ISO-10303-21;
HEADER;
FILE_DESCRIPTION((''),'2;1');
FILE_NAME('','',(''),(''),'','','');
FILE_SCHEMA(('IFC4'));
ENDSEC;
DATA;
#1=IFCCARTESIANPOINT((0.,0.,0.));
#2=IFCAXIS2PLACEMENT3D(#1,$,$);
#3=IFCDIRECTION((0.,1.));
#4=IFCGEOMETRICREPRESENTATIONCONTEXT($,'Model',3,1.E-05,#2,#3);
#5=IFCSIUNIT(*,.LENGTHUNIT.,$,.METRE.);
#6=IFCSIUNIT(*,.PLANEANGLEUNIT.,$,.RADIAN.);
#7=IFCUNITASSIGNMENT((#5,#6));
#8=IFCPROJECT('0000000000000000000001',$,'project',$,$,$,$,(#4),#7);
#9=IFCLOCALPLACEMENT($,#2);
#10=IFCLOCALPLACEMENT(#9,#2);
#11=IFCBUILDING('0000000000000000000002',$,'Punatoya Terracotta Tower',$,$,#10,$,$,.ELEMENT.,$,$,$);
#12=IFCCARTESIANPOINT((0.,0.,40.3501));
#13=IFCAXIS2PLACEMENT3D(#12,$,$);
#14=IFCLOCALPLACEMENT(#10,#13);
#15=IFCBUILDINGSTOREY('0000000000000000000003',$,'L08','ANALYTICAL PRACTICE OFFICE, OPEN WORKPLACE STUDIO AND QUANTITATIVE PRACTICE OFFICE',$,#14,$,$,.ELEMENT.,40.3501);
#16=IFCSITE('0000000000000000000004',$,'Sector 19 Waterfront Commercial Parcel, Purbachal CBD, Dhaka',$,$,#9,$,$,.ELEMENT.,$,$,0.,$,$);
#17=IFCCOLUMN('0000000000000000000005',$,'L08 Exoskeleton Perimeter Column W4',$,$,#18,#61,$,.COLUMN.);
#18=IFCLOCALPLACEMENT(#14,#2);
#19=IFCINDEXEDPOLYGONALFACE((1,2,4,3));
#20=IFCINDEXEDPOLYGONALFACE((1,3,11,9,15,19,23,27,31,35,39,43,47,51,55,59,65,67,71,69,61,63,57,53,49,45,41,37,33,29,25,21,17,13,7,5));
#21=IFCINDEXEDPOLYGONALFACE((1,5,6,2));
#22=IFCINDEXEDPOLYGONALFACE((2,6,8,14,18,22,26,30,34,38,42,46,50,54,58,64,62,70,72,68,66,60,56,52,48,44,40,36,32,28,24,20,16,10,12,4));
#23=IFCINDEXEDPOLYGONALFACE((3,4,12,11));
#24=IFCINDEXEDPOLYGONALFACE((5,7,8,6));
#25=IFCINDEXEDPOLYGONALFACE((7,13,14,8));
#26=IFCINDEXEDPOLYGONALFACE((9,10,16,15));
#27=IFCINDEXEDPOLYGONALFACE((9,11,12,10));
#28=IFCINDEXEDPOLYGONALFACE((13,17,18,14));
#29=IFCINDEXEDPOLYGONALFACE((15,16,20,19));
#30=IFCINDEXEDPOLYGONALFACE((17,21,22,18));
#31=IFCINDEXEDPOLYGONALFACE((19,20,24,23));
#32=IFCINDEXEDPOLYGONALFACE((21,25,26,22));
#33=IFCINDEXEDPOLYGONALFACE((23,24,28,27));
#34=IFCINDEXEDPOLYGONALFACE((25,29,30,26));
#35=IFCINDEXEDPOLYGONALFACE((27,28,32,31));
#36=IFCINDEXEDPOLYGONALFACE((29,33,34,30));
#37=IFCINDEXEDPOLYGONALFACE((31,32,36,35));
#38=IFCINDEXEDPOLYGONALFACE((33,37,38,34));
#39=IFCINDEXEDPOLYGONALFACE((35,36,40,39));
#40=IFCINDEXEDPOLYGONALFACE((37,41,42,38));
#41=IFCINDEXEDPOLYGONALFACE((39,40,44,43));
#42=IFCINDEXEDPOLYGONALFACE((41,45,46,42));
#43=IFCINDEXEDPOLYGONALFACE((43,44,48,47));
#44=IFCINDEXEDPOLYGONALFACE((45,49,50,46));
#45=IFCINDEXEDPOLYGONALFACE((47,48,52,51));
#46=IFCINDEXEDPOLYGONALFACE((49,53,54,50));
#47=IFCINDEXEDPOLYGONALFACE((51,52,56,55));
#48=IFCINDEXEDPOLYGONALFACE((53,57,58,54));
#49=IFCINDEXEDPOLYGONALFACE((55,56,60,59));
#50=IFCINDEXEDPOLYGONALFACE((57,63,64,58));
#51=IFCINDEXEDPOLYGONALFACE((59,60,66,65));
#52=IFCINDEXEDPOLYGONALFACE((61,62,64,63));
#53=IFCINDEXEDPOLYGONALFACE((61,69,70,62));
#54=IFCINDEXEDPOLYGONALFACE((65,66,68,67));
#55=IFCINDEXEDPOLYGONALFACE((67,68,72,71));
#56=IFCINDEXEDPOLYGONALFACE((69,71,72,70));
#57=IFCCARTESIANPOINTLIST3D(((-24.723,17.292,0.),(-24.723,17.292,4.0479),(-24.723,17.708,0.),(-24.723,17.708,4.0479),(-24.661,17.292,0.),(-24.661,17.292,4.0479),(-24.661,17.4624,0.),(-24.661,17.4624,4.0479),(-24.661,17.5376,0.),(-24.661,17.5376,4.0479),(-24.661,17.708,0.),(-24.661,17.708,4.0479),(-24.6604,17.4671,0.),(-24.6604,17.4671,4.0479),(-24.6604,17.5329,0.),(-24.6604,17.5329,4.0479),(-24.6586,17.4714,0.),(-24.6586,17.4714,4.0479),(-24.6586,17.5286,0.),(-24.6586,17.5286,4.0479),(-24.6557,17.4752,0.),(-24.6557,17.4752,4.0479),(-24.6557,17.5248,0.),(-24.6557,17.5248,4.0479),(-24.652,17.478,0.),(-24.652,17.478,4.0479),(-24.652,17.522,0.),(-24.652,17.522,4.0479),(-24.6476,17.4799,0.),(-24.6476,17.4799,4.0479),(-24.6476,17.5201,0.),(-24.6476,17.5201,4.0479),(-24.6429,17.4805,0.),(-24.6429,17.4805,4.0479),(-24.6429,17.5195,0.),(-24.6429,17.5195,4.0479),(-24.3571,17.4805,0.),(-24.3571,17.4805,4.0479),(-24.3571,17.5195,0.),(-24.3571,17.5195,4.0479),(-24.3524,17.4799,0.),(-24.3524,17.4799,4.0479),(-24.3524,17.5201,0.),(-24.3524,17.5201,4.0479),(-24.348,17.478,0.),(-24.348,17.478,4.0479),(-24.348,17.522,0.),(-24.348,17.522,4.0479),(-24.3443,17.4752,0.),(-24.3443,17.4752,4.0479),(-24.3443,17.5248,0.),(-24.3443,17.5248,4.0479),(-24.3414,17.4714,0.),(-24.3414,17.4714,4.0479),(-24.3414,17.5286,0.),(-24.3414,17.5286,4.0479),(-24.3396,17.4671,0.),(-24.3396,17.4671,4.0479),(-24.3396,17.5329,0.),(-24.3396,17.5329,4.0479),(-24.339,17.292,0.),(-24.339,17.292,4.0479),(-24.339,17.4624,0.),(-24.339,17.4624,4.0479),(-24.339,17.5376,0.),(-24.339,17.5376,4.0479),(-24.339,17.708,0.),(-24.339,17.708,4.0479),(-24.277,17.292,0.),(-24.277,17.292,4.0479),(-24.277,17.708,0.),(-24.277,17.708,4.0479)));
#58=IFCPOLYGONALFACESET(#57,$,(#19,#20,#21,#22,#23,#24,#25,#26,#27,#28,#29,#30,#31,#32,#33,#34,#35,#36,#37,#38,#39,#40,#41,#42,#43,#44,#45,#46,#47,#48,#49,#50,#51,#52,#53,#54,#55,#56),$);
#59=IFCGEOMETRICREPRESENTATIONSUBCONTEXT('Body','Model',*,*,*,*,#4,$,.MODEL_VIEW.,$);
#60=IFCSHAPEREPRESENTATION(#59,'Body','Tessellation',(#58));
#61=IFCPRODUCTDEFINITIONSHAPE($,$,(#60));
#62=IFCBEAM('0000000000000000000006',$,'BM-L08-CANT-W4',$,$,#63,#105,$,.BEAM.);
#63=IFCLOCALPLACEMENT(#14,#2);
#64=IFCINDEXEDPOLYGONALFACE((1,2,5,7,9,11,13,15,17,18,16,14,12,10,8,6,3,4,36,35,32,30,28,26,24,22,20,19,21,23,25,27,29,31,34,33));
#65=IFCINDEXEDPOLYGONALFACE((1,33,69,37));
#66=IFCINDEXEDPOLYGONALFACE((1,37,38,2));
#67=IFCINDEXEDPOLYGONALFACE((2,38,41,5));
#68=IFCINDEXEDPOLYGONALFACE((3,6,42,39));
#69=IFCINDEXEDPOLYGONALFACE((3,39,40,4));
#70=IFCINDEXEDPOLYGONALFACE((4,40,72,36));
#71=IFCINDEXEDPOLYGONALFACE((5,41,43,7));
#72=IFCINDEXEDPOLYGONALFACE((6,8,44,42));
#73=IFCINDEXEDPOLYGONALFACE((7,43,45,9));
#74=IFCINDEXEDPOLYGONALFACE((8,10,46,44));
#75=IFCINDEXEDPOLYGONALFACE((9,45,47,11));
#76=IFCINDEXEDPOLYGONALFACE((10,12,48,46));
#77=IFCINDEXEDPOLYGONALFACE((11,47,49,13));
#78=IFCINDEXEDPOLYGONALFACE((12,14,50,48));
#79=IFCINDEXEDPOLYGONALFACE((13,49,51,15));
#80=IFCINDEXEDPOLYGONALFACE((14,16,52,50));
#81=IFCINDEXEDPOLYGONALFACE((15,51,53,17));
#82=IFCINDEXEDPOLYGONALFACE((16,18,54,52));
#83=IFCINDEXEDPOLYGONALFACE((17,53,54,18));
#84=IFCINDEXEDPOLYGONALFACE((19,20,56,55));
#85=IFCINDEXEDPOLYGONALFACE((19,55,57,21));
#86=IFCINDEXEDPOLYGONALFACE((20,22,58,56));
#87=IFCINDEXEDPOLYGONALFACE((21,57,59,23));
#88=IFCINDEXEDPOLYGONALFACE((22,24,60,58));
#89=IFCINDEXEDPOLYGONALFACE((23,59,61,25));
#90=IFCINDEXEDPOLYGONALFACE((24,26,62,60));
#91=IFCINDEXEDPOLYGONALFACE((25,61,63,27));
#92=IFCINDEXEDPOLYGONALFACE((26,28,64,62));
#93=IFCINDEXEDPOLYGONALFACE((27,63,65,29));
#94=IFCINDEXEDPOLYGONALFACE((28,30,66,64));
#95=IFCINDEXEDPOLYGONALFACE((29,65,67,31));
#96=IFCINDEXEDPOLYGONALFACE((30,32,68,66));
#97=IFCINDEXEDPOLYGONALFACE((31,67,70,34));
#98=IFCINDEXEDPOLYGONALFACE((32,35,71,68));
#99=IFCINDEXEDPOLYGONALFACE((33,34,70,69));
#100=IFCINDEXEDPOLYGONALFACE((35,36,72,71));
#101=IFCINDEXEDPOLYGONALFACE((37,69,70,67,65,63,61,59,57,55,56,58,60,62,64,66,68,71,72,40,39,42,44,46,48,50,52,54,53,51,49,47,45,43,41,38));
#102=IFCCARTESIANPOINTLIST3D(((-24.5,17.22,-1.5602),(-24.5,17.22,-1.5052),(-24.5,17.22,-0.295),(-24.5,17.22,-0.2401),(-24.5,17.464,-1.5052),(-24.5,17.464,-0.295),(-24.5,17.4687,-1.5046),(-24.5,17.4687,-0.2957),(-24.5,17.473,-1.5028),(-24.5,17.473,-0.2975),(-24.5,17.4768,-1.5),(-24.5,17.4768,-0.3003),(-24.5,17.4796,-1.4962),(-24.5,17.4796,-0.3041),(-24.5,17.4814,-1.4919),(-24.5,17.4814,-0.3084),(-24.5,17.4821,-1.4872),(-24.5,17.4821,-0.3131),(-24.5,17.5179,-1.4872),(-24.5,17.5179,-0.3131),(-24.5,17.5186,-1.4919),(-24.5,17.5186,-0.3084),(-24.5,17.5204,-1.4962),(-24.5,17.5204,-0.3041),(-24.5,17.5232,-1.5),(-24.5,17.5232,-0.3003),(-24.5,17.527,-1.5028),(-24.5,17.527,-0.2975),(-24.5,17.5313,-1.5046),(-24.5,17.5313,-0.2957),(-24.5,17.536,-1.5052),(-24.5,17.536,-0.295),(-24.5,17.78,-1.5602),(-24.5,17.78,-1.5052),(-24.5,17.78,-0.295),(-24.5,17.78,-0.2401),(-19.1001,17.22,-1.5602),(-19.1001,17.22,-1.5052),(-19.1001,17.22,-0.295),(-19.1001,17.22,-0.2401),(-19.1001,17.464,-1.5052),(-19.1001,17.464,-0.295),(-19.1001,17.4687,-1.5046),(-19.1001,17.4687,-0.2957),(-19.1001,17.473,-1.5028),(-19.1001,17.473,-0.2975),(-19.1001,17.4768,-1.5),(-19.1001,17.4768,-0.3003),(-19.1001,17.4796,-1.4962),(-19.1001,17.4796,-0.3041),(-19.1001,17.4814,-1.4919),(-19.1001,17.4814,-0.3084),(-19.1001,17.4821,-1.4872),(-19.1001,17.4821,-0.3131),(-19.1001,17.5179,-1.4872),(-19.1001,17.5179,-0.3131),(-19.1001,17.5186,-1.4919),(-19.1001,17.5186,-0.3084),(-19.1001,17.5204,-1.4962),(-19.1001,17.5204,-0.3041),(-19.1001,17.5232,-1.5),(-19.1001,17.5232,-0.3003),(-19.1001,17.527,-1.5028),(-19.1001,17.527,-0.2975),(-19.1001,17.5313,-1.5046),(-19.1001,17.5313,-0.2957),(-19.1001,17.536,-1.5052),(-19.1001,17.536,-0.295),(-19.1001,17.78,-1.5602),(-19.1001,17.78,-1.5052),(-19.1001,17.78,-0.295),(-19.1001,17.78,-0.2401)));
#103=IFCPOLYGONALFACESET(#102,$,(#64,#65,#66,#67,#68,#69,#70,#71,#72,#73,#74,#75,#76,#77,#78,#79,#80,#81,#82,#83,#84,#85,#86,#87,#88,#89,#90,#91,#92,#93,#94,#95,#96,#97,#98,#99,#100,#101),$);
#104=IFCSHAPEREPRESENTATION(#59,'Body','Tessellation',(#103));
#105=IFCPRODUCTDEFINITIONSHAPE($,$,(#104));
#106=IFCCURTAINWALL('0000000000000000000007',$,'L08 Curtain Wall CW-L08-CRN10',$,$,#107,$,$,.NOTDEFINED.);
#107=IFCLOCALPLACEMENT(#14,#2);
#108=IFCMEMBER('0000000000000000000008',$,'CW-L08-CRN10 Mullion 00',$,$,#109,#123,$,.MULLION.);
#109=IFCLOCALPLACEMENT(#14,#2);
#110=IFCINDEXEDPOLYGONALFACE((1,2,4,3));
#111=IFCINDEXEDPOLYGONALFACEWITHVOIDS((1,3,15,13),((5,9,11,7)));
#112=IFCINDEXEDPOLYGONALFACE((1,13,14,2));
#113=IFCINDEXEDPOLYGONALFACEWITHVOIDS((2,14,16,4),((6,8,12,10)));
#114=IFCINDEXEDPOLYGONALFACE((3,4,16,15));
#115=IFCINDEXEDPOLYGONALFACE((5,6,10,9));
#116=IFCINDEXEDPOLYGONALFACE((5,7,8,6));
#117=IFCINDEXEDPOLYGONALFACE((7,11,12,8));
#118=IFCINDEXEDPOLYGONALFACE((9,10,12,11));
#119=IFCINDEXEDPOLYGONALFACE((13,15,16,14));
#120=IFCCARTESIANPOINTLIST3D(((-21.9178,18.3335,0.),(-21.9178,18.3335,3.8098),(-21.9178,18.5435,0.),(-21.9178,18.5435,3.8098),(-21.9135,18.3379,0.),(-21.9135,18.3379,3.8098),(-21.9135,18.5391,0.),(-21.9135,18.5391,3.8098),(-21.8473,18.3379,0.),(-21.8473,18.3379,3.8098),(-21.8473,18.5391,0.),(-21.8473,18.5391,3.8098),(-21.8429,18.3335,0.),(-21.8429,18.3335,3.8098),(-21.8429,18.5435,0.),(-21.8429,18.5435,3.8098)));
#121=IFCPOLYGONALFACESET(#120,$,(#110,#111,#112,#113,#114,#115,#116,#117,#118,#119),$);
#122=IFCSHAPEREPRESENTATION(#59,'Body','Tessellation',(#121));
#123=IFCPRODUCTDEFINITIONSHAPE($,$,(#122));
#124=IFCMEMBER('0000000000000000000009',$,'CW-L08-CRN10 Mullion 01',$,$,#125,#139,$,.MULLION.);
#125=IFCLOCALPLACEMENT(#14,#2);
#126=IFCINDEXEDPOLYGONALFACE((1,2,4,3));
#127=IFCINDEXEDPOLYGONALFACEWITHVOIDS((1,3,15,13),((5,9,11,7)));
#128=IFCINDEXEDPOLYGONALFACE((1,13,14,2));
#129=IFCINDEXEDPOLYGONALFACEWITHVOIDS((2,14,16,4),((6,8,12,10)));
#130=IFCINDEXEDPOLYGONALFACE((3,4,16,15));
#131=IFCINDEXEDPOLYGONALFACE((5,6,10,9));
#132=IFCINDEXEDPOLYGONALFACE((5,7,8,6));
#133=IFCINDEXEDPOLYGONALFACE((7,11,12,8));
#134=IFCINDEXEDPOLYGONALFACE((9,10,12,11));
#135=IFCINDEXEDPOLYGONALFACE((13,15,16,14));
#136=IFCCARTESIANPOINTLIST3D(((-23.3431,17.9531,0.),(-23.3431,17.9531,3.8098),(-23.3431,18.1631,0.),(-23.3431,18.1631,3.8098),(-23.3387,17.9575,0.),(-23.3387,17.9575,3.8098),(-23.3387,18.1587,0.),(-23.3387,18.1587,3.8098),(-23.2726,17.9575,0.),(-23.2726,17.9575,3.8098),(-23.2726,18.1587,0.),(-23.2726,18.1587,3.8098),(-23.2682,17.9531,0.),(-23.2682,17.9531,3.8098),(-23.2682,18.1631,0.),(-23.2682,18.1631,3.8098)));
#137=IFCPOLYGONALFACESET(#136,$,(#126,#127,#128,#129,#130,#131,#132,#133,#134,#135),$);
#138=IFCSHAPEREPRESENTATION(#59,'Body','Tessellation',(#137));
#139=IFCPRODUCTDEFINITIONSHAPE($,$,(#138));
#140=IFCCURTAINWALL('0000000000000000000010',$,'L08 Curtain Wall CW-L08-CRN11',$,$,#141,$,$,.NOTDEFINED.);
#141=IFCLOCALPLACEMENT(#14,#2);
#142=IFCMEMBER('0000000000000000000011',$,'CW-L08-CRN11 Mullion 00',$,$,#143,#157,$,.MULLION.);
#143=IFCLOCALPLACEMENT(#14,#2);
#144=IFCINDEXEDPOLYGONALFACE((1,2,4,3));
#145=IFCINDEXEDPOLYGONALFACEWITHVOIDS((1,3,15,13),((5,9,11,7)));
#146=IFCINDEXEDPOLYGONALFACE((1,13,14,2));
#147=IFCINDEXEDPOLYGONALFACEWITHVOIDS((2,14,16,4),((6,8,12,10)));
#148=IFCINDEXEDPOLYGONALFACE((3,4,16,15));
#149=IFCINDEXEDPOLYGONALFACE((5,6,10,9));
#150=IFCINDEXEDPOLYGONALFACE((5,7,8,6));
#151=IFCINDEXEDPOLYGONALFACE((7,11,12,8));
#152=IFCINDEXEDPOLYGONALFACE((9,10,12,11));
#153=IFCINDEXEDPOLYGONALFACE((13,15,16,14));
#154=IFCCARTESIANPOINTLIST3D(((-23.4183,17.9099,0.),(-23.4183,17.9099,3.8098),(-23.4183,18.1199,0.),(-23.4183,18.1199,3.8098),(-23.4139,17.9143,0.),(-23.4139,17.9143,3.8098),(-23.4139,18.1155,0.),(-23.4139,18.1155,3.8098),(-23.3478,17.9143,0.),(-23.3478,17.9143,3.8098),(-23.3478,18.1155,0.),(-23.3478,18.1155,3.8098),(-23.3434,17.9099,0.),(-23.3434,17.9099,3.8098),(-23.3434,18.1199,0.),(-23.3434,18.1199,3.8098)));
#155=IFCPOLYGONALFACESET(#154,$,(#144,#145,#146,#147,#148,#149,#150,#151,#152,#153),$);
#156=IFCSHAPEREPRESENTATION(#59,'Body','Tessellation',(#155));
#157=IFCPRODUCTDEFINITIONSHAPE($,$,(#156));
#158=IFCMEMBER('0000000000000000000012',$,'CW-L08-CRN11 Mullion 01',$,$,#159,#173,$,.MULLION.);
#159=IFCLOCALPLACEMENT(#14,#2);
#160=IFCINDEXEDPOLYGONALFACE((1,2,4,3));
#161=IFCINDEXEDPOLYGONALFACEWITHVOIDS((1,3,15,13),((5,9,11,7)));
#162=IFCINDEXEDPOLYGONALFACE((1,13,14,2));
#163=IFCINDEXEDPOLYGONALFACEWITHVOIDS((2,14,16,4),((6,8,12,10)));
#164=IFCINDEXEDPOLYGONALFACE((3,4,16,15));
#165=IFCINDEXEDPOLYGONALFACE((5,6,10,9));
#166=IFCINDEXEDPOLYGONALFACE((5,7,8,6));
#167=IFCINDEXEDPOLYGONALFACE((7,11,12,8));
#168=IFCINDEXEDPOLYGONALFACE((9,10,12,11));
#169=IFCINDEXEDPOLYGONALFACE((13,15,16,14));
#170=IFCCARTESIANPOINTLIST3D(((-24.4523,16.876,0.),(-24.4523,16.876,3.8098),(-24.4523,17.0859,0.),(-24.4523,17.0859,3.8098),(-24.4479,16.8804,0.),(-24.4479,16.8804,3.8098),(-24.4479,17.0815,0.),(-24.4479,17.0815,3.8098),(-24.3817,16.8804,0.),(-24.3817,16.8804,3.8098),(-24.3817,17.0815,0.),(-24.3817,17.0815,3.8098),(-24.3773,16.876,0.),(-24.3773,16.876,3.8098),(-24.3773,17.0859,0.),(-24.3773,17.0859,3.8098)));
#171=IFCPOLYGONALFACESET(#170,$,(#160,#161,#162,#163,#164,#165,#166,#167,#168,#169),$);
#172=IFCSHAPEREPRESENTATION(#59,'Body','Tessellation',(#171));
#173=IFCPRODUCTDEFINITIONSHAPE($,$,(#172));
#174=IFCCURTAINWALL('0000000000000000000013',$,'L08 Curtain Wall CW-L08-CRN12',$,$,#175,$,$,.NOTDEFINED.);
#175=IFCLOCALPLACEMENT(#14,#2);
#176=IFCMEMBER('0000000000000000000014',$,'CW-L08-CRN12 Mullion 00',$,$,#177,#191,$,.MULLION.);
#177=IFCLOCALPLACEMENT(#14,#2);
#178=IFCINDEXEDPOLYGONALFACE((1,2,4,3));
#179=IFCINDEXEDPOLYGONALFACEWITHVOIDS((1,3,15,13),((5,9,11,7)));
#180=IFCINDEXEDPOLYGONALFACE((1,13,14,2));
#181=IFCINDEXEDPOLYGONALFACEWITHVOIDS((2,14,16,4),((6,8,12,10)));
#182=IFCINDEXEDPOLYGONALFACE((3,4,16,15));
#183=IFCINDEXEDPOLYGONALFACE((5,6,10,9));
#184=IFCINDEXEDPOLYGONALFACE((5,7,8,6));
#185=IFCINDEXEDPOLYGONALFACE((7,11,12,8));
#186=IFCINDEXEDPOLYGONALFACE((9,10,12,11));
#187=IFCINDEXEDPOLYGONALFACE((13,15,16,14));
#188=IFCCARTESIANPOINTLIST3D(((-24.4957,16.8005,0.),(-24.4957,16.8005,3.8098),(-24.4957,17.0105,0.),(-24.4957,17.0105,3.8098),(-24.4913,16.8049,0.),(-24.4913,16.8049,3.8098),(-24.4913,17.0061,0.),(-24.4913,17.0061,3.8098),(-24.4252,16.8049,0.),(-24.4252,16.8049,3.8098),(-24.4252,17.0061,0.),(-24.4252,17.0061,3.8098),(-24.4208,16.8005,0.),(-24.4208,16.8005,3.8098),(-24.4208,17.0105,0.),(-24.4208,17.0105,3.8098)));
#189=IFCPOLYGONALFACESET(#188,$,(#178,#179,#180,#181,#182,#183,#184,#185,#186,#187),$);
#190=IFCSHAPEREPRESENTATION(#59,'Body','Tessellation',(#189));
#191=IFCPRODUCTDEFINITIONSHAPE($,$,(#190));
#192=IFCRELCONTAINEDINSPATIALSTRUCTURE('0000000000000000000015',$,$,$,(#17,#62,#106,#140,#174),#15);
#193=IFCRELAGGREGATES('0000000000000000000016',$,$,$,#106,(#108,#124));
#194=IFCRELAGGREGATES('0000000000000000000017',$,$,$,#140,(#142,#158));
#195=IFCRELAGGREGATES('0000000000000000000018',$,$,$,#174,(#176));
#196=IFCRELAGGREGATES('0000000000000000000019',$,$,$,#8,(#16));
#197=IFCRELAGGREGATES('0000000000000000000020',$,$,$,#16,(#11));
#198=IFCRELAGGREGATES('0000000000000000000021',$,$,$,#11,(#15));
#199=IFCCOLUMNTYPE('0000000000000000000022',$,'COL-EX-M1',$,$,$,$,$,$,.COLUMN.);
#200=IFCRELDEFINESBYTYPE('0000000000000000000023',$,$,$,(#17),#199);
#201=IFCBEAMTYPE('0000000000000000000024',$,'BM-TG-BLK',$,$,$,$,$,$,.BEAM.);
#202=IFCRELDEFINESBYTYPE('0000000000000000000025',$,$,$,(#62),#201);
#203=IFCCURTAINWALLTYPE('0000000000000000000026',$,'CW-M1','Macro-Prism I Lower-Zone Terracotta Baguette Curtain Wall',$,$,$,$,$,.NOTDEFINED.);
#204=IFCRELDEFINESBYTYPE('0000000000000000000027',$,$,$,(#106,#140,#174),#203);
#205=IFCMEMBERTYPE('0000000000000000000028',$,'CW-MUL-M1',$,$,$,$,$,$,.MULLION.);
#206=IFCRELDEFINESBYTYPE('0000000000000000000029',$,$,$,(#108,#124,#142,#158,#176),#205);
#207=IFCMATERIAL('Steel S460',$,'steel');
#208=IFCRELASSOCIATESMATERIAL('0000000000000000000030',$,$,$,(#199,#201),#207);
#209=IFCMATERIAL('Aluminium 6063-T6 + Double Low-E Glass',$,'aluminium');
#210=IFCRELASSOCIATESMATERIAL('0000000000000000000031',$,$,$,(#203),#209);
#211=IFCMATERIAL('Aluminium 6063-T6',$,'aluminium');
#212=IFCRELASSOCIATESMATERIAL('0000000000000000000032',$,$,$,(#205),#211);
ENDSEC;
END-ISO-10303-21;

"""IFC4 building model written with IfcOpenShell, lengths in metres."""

from ifc_helpers import new_model, si_unit, direction, frame, origin, origin_2d, place, context, subcontext, project, spatial, hollow_rectangle, i_section, extrude, material, material_profile, profile_set, type_object, element, aggregate, save


model = new_model("IFC4")

# Units and contexts
model_context = context("Model", 3, precision=1e-05, world=origin(), true_north=direction((0.0, 1.0)))
body_context = subcontext(model_context, "Body", "Model", "MODEL_VIEW")
ifc_project = project(units=[si_unit("LENGTHUNIT", "METRE"), si_unit("PLANEANGLEUNIT", "RADIAN")], contexts=[model_context])

# Site, building, storey
site_placement = place(None, origin())
site = spatial("IfcSite", under=ifc_project, at=site_placement, Name="Sector 19 Waterfront Commercial Parcel, Purbachal CBD, Dhaka", CompositionType="ELEMENT", RefElevation=0.0)
building_placement = place(site_placement, origin())
building = spatial("IfcBuilding", under=site, at=building_placement, Name="Punatoya Terracotta Tower", CompositionType="ELEMENT")
storey_placement = place(building_placement, frame((0.0, 0.0, 40.3501)))
storey = spatial("IfcBuildingStorey", under=building, at=storey_placement, Name="L08", Description="ANALYTICAL PRACTICE OFFICE, OPEN WORKPLACE STUDIO AND QUANTITATIVE PRACTICE OFFICE", CompositionType="ELEMENT", Elevation=40.3501)

# Column
ifc_material_1 = material(Name="Steel S460", Category="steel")
ifc_material_profile_1 = material_profile(ifc_material_1, i_section(OverallWidth=0.416, OverallDepth=0.446, WebThickness=0.0391, FlangeThickness=0.062, FilletRadius=0.0181, at=origin_2d()))
ifc_profile_set_1 = profile_set([ifc_material_profile_1], Name="Steel S460")
column_type = type_object("IfcColumnType", Name="COL-EX-M1", PredefinedType="COLUMN", material=ifc_profile_set_1)
column_placement = place(storey_placement, frame((-24.5, 17.5, 0.0), z_axis=(0.0, 0.0, 1.0), x_axis=(0.0, 1.0, 0.0)))
element("IfcColumn", 1, at=column_placement, inside=storey, type_object=column_type, Name="L08 Exoskeleton Perimeter Column W4", PredefinedType="COLUMN", context=body_context, shape_type="SweptSolid", body=[
    extrude(i_section(OverallWidth=0.416, OverallDepth=0.446, WebThickness=0.0391, FlangeThickness=0.062, FilletRadius=0.0181, at=origin_2d()), origin(), (0.0, 0.0, 1.0), 4.0479),
])

# Beam
ifc_material_profile_2 = material_profile(ifc_material_1, i_section(OverallWidth=0.5601, OverallDepth=1.3201, WebThickness=0.0359, FlangeThickness=0.0549, FilletRadius=0.0181, at=origin_2d()))
ifc_profile_set_2 = profile_set([ifc_material_profile_2], Name="Steel S460")
beam_type = type_object("IfcBeamType", Name="BM-TG-BLK", PredefinedType="BEAM", material=ifc_profile_set_2)
beam_placement = place(storey_placement, frame((-24.5, 17.5, -0.9001), z_axis=(1.0, 0.0, 0.0), x_axis=(0.0, 1.0, 0.0)))
element("IfcBeam", 2, at=beam_placement, inside=storey, type_object=beam_type, Name="BM-L08-CANT-W4", PredefinedType="BEAM", context=body_context, shape_type="SweptSolid", body=[
    extrude(i_section(OverallWidth=0.5601, OverallDepth=1.3201, WebThickness=0.0359, FlangeThickness=0.0549, FilletRadius=0.0181, at=origin_2d()), origin(), (0.0, 0.0, 1.0), 5.3999),
])

# Curtain walls, members
ifc_material_2 = material(Name="Aluminium 6063-T6 + Double Low-E Glass", Category="aluminium")
curtain_wall_type = type_object("IfcCurtainWallType", Name="CW-M1", Description="Macro-Prism I Lower-Zone Terracotta Baguette Curtain Wall", PredefinedType="NOTDEFINED", material=ifc_material_2)
curtain_wall_1_placement = place(storey_placement, origin())
curtain_wall_1 = element("IfcCurtainWall", 3, at=curtain_wall_1_placement, inside=storey, type_object=curtain_wall_type, Name="L08 Curtain Wall CW-L08-CRN10", PredefinedType="NOTDEFINED")
ifc_material_3 = material(Name="Aluminium 6063-T6", Category="aluminium")
ifc_material_profile_3 = material_profile(ifc_material_3, hollow_rectangle(XDim=0.075, YDim=0.21, WallThickness=0.0044, at=origin_2d()))
ifc_profile_set_3 = profile_set([ifc_material_profile_3], Name="Aluminium 6063-T6")
member_type_1 = type_object("IfcMemberType", Name="CW-MUL-M1", PredefinedType="MULLION", material=ifc_profile_set_3)
member_1_placement = place(storey_placement, frame((-21.8804, 18.4385, 0.0), z_axis=(0.0, 0.0, 1.0), x_axis=(1.0, 0.0, 0.0)))
member_1 = element("IfcMember", 4, at=member_1_placement, type_object=member_type_1, Name="CW-L08-CRN10 Mullion 00", PredefinedType="MULLION", context=body_context, shape_type="SweptSolid", body=[
    extrude(hollow_rectangle(XDim=0.075, YDim=0.21, WallThickness=0.0044, at=origin_2d()), origin(), (0.0, 0.0, 1.0), 3.8098),
])
member_2_placement = place(storey_placement, frame((-23.3057, 18.0581, 0.0), z_axis=(0.0, 0.0, 1.0), x_axis=(1.0, 0.0, 0.0)))
member_2 = element("IfcMember", 5, at=member_2_placement, type_object=member_type_1, Name="CW-L08-CRN10 Mullion 01", PredefinedType="MULLION", context=body_context, shape_type="SweptSolid", body=[
    extrude(hollow_rectangle(XDim=0.075, YDim=0.21, WallThickness=0.0044, at=origin_2d()), origin(), (0.0, 0.0, 1.0), 3.8098),
])
curtain_wall_2_placement = place(storey_placement, origin())
curtain_wall_2 = element("IfcCurtainWall", 6, at=curtain_wall_2_placement, inside=storey, type_object=curtain_wall_type, Name="L08 Curtain Wall CW-L08-CRN11", PredefinedType="NOTDEFINED")
member_3_placement = place(storey_placement, frame((-23.3809, 18.0149, 0.0), z_axis=(0.0, 0.0, 1.0), x_axis=(1.0, 0.0, 0.0)))
member_3 = element("IfcMember", 7, at=member_3_placement, type_object=member_type_1, Name="CW-L08-CRN11 Mullion 00", PredefinedType="MULLION", context=body_context, shape_type="SweptSolid", body=[
    extrude(hollow_rectangle(XDim=0.075, YDim=0.21, WallThickness=0.0044, at=origin_2d()), origin(), (0.0, 0.0, 1.0), 3.8098),
])
member_4_placement = place(storey_placement, frame((-24.4148, 16.981, 0.0), z_axis=(0.0, 0.0, 1.0), x_axis=(1.0, 0.0, 0.0)))
member_4 = element("IfcMember", 8, at=member_4_placement, type_object=member_type_1, Name="CW-L08-CRN11 Mullion 01", PredefinedType="MULLION", context=body_context, shape_type="SweptSolid", body=[
    extrude(hollow_rectangle(XDim=0.075, YDim=0.21, WallThickness=0.0044, at=origin_2d()), origin(), (0.0, 0.0, 1.0), 3.8098),
])
curtain_wall_3_placement = place(storey_placement, origin())
curtain_wall_3 = element("IfcCurtainWall", 9, at=curtain_wall_3_placement, inside=storey, type_object=curtain_wall_type, Name="L08 Curtain Wall CW-L08-CRN12", PredefinedType="NOTDEFINED")
member_5_placement = place(storey_placement, frame((-24.4583, 16.9055, 0.0), z_axis=(0.0, 0.0, 1.0), x_axis=(1.0, 0.0, 0.0)))
member_5 = element("IfcMember", 10, at=member_5_placement, type_object=member_type_1, Name="CW-L08-CRN12 Mullion 00", PredefinedType="MULLION", context=body_context, shape_type="SweptSolid", body=[
    extrude(hollow_rectangle(XDim=0.075, YDim=0.21, WallThickness=0.0044, at=origin_2d()), origin(), (0.0, 0.0, 1.0), 3.8098),
])

aggregate(curtain_wall_1, [member_1, member_2])
aggregate(curtain_wall_2, [member_3, member_4])
aggregate(curtain_wall_3, [member_5])

save(model, "model.ifc")
